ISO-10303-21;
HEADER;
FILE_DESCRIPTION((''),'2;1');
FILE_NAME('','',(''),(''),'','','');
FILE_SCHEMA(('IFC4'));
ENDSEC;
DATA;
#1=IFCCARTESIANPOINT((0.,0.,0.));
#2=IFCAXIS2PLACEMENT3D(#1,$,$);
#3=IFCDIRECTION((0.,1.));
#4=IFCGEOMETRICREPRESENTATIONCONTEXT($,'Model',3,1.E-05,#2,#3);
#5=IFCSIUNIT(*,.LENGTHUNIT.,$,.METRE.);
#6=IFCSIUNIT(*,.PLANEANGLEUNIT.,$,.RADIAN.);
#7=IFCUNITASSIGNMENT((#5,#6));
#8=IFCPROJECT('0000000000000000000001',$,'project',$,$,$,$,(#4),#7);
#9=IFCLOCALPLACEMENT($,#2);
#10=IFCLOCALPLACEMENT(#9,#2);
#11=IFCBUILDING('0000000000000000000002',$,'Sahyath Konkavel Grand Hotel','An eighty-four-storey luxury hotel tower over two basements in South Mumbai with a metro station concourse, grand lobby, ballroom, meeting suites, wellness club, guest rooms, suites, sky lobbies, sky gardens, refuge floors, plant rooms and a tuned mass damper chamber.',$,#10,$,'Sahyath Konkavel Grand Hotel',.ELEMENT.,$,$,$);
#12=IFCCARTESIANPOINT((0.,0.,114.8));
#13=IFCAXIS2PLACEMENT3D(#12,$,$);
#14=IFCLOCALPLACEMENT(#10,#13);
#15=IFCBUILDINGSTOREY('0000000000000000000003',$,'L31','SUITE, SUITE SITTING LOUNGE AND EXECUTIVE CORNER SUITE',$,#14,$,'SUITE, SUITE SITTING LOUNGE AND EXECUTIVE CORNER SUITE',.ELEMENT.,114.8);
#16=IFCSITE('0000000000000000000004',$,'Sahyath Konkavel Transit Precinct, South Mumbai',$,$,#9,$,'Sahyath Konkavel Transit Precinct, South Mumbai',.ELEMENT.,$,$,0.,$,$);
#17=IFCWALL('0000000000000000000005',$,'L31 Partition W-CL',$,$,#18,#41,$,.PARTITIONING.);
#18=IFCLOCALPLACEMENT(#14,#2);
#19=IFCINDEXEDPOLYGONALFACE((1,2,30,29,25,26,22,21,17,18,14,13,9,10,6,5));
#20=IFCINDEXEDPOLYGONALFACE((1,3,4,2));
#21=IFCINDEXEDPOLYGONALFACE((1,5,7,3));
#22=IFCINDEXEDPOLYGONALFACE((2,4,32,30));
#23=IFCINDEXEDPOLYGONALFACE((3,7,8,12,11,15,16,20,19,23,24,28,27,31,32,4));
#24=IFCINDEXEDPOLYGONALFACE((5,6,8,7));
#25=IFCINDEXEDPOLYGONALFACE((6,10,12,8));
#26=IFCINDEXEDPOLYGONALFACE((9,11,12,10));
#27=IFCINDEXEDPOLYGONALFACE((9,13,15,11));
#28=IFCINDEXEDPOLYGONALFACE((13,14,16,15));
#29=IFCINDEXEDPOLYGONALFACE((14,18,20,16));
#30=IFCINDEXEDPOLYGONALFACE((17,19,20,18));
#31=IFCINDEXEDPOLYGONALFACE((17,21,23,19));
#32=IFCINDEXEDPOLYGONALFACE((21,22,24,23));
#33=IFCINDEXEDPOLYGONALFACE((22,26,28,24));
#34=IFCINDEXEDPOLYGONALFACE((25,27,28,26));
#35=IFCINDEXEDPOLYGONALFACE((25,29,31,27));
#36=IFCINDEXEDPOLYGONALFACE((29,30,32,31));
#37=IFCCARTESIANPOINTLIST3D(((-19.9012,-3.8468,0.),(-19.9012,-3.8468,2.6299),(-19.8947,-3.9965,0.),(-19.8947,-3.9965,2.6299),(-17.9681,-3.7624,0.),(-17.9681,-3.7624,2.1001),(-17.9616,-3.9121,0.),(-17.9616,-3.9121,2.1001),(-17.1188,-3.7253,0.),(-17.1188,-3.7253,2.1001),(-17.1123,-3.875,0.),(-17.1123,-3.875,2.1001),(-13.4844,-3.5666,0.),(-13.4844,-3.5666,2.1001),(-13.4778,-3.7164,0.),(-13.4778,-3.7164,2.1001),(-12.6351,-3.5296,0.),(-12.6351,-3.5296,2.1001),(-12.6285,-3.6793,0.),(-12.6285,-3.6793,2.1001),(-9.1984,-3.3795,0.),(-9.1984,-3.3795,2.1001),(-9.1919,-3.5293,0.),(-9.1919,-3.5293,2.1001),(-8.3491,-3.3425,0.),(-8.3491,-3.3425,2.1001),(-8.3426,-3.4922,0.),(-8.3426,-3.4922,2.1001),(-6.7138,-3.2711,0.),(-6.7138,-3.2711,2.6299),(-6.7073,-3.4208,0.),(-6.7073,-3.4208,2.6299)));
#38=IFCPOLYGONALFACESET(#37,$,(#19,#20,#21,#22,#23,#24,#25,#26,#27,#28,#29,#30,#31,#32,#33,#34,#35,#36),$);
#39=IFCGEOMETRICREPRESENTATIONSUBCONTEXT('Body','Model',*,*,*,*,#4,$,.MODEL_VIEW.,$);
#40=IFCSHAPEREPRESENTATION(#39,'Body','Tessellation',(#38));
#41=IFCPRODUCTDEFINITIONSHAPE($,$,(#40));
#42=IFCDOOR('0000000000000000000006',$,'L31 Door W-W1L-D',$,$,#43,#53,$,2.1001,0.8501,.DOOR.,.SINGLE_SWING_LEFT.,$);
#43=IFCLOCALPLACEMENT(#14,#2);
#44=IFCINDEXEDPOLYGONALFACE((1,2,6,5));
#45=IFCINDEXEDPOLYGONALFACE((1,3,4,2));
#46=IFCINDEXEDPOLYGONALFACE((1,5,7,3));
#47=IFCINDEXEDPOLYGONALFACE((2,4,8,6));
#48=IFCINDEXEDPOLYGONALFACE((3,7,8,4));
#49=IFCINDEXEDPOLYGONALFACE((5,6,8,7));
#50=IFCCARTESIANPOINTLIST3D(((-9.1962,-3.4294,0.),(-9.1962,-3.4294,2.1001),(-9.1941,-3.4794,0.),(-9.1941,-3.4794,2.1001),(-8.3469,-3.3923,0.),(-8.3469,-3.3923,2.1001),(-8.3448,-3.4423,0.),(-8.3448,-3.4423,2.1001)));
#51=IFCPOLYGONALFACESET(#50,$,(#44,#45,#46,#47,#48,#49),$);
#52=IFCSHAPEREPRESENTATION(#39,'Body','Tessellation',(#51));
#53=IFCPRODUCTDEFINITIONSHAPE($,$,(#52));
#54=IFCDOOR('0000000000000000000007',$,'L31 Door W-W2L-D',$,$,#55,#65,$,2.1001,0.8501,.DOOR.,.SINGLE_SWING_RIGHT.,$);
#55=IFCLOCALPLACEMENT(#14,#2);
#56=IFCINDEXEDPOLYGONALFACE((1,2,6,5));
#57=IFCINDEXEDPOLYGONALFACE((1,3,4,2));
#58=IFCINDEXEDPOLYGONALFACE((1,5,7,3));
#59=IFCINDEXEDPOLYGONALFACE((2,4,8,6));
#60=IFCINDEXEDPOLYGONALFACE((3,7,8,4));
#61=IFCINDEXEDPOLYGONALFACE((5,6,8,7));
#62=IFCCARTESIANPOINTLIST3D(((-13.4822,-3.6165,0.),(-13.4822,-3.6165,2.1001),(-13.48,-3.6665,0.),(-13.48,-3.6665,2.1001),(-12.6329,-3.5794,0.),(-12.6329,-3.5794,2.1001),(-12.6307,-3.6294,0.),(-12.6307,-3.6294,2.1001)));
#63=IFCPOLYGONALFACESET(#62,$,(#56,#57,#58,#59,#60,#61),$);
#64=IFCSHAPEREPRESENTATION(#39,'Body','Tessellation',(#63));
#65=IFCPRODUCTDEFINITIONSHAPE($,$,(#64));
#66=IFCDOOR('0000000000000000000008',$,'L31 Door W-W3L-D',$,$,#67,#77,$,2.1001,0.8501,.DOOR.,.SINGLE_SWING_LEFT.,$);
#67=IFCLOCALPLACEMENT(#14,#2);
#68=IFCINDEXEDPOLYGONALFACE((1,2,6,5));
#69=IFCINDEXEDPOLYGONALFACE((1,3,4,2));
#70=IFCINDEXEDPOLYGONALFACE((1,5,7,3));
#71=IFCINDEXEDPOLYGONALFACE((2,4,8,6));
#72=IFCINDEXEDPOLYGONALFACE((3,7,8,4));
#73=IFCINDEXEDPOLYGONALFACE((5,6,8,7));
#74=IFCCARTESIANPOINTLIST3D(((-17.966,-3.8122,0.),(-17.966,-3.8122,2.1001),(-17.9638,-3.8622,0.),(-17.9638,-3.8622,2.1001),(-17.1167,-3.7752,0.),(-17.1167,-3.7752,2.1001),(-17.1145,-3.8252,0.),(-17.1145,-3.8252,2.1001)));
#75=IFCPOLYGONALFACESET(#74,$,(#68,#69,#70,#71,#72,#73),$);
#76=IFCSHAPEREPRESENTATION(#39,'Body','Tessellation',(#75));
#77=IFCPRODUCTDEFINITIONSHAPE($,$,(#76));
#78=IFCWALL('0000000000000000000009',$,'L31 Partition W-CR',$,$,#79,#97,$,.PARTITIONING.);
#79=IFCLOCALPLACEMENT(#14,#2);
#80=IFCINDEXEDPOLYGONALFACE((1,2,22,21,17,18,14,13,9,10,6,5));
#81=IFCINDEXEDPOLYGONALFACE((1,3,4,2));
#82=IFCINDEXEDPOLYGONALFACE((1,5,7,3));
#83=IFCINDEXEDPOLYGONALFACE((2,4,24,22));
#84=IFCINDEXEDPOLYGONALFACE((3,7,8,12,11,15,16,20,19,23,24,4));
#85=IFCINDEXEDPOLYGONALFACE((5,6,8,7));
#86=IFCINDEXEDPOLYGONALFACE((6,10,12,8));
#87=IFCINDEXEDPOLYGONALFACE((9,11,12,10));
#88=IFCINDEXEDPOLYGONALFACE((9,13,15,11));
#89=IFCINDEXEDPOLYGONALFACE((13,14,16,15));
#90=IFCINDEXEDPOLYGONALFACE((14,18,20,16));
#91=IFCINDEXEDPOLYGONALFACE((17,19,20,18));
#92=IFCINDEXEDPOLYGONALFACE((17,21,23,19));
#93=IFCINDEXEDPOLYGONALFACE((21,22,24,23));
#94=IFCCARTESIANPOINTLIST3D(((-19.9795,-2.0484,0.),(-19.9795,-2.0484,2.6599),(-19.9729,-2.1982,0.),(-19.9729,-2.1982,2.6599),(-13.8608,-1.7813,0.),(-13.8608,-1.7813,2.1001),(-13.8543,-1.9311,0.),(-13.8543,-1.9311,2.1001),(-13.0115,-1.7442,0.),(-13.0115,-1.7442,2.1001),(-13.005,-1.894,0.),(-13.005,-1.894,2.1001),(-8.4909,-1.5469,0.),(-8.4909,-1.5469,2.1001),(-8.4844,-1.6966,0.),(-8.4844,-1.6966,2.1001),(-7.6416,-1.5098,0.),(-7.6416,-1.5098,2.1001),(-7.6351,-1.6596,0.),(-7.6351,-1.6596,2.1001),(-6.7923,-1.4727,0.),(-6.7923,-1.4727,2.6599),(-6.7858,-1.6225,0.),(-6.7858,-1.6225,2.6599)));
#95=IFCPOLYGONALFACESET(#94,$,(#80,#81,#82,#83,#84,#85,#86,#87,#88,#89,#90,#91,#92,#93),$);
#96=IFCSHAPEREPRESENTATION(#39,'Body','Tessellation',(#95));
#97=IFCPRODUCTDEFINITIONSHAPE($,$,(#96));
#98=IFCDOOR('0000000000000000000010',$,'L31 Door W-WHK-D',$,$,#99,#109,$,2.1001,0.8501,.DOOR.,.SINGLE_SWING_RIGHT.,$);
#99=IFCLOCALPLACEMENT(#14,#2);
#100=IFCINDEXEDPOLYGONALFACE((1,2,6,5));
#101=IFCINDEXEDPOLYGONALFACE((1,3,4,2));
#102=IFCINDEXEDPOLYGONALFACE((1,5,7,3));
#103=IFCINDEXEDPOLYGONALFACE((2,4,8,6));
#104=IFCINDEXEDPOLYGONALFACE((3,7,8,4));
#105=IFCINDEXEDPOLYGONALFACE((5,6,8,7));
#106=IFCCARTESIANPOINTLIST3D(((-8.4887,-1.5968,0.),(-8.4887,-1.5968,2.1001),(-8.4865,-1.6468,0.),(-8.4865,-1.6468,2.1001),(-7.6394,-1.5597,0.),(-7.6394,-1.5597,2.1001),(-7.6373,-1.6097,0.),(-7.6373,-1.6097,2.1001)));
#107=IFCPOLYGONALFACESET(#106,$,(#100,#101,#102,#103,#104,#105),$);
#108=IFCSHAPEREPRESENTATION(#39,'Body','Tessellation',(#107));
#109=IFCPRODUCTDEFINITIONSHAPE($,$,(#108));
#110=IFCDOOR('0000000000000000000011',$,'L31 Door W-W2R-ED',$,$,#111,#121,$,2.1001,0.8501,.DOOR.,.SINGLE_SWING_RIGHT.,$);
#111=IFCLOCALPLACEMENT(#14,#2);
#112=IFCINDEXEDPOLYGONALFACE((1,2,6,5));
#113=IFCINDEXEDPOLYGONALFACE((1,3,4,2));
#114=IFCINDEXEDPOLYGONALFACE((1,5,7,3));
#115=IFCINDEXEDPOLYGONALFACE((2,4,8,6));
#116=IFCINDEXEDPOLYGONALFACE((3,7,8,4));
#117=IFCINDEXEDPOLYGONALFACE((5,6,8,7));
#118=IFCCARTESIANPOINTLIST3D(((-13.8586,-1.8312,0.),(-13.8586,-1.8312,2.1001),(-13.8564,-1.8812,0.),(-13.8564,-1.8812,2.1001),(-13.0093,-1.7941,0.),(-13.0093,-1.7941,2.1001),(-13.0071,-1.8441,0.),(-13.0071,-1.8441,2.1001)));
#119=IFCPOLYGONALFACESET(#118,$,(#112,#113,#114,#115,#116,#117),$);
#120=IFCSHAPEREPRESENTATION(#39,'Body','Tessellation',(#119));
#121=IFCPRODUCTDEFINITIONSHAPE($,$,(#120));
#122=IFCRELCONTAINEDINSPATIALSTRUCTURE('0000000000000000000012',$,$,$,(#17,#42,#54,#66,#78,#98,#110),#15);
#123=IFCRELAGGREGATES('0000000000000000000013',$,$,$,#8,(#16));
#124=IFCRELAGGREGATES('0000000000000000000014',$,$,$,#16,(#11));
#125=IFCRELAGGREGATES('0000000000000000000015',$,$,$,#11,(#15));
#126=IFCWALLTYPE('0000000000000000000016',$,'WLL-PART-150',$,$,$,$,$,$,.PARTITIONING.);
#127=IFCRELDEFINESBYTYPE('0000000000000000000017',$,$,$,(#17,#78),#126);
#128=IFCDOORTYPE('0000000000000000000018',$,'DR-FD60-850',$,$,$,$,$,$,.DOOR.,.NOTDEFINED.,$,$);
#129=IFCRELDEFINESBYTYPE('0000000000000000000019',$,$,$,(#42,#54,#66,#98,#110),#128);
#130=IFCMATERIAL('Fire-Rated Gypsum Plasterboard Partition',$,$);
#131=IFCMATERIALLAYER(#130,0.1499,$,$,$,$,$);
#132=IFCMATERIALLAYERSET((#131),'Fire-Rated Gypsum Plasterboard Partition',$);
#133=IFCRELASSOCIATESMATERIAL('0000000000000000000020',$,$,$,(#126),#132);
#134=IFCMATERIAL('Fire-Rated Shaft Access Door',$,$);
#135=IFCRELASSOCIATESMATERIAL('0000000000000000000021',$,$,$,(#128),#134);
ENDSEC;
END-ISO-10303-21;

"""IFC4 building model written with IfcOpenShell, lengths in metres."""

from ifc_helpers import new_model, si_unit, direction, frame, frame_2d, origin, origin_2d, place, context, subcontext, project, spatial, rectangle, extrude, source, transform, mapped, material, layer, layer_set, type_object, element, fill, save


model = new_model("IFC4")

# Units and contexts
model_context = context("Model", 3, precision=1e-05, world=origin(), true_north=direction((0.0, 1.0)))
body_context = subcontext(model_context, "Body", "Model", "MODEL_VIEW")
ifc_project = project(units=[si_unit("LENGTHUNIT", "METRE"), si_unit("PLANEANGLEUNIT", "RADIAN")], contexts=[model_context])

# Site, building, storey
site_placement = place(None, origin())
site = spatial("IfcSite", under=ifc_project, at=site_placement, Name="Sahyath Konkavel Transit Precinct, South Mumbai", LongName="Sahyath Konkavel Transit Precinct, South Mumbai", CompositionType="ELEMENT", RefElevation=0.0)
building_placement = place(site_placement, origin())
building = spatial("IfcBuilding", under=site, at=building_placement, Name="Sahyath Konkavel Grand Hotel", Description="An eighty-four-storey luxury hotel tower over two basements in South Mumbai with a metro station concourse, grand lobby, ballroom, meeting suites, wellness club, guest rooms, suites, sky lobbies, sky gardens, refuge floors, plant rooms and a tuned mass damper chamber.", LongName="Sahyath Konkavel Grand Hotel", CompositionType="ELEMENT")
storey_placement = place(building_placement, frame((0.0, 0.0, 114.8)))
storey = spatial("IfcBuildingStorey", under=building, at=storey_placement, Name="L31", Description="SUITE, SUITE SITTING LOUNGE AND EXECUTIVE CORNER SUITE", LongName="SUITE, SUITE SITTING LOUNGE AND EXECUTIVE CORNER SUITE", CompositionType="ELEMENT", Elevation=114.8)

# Walls, openings, doors
ifc_material_1 = material(Name="Fire-Rated Gypsum Plasterboard Partition")
ifc_layer_1 = layer(ifc_material_1, 0.1499)
ifc_layer_set_1 = layer_set([ifc_layer_1], Name="Fire-Rated Gypsum Plasterboard Partition")
wall_type_1 = type_object("IfcWallType", Name="WLL-PART-150", PredefinedType="PARTITIONING", material=ifc_layer_set_1)
wall_1_placement = place(storey_placement, frame((-6.7104, -3.3459, 0.0), z_axis=(0.0, 0.0, 1.0), x_axis=(-0.999049, -0.043612, 0.0)))
wall_1 = element("IfcWall", 1, at=wall_1_placement, inside=storey, type_object=wall_type_1, Name="L31 Partition W-CL", PredefinedType="PARTITIONING", context=body_context, shape_type="SweptSolid", body=[
    extrude(rectangle(XDim=13.2, YDim=0.1499, at=frame_2d((6.6001, 0.0))), origin(), (0.0, 0.0, 1.0), 2.6299),
])
opening_1_placement = place(wall_1_placement, frame((1.637, 0.0, 0.0)))
opening_1 = element("IfcOpeningElement", 2, at=opening_1_placement, cuts=wall_1, PredefinedType="OPENING", context=body_context, shape_type="SweptSolid", body=[
    extrude(rectangle(XDim=0.8501, YDim=2.1001, at=frame_2d((0.425, 1.05))), frame((0.0, 0.085, 0.0), z_axis=(0.0, -1.0, 0.0), x_axis=(1.0, 0.0, 0.0)), (0.0, 0.0, 1.0), 0.1699),
])
opening_2_placement = place(wall_1_placement, frame((5.927, 0.0, 0.0)))
opening_2 = element("IfcOpeningElement", 3, at=opening_2_placement, cuts=wall_1, PredefinedType="OPENING", context=body_context, shape_type="SweptSolid", body=[
    extrude(rectangle(XDim=0.8501, YDim=2.1001, at=frame_2d((0.425, 1.05))), frame((0.0, 0.085, 0.0), z_axis=(0.0, -1.0, 0.0), x_axis=(1.0, 0.0, 0.0)), (0.0, 0.0, 1.0), 0.1699),
])
opening_3_placement = place(wall_1_placement, frame((10.415, 0.0, 0.0)))
opening_3 = element("IfcOpeningElement", 4, at=opening_3_placement, cuts=wall_1, PredefinedType="OPENING", context=body_context, shape_type="SweptSolid", body=[
    extrude(rectangle(XDim=0.8501, YDim=2.1001, at=frame_2d((0.425, 1.05))), frame((0.0, 0.085, 0.0), z_axis=(0.0, -1.0, 0.0), x_axis=(1.0, 0.0, 0.0)), (0.0, 0.0, 1.0), 0.1699),
])
ifc_material_2 = material(Name="Fire-Rated Shaft Access Door")
door_type_1 = type_object("IfcDoorType", Name="DR-FD60-850", OperationType="NOTDEFINED", PredefinedType="DOOR", material=ifc_material_2)
shared_shape_1 = source(origin(), body_context, "Body", "SweptSolid", [
    extrude(rectangle(XDim=0.8501, YDim=0.05, at=origin_2d()), origin(), (0.0, 0.0, 1.0), 2.1001),
])
door_1_placement = place(opening_1_placement, frame((0.425, 0.0, 0.0)))
door_1 = element("IfcDoor", 5, at=door_1_placement, inside=storey, type_object=door_type_1, Name="L31 Door W-W1L-D", OperationType="SINGLE_SWING_LEFT", OverallHeight=2.1001, OverallWidth=0.8501, PredefinedType="DOOR", context=body_context, shape_type="MappedRepresentation", body=[
    mapped(shared_shape_1, transform((0.0, 0.0, 0.0), scale=1.0)),
])
fill(opening_1, door_1)
door_2_placement = place(opening_2_placement, frame((0.425, 0.0, 0.0)))
door_2 = element("IfcDoor", 6, at=door_2_placement, inside=storey, type_object=door_type_1, Name="L31 Door W-W2L-D", OperationType="SINGLE_SWING_RIGHT", OverallHeight=2.1001, OverallWidth=0.8501, PredefinedType="DOOR", context=body_context, shape_type="MappedRepresentation", body=[
    mapped(shared_shape_1, transform((0.0, 0.0, 0.0), scale=1.0)),
])
fill(opening_2, door_2)
door_3_placement = place(opening_3_placement, frame((0.425, 0.0, 0.0)))
door_3 = element("IfcDoor", 7, at=door_3_placement, inside=storey, type_object=door_type_1, Name="L31 Door W-W3L-D", OperationType="SINGLE_SWING_LEFT", OverallHeight=2.1001, OverallWidth=0.8501, PredefinedType="DOOR", context=body_context, shape_type="MappedRepresentation", body=[
    mapped(shared_shape_1, transform((0.0, 0.0, 0.0), scale=1.0)),
])
fill(opening_3, door_3)
wall_2_placement = place(storey_placement, frame((-6.7891, -1.5476, 0.0), z_axis=(0.0, 0.0, 1.0), x_axis=(-0.999049, -0.043613, 0.0)))
wall_2 = element("IfcWall", 8, at=wall_2_placement, inside=storey, type_object=wall_type_1, Name="L31 Partition W-CR", PredefinedType="PARTITIONING", context=body_context, shape_type="SweptSolid", body=[
    extrude(rectangle(XDim=13.1997, YDim=0.1499, at=frame_2d((6.5999, 0.0))), origin(), (0.0, 0.0, 1.0), 2.6599),
])
opening_4_placement = place(wall_2_placement, frame((0.8501, 0.0, 0.0)))
opening_4 = element("IfcOpeningElement", 9, at=opening_4_placement, cuts=wall_2, PredefinedType="OPENING", context=body_context, shape_type="SweptSolid", body=[
    extrude(rectangle(XDim=0.8501, YDim=2.1001, at=frame_2d((0.425, 1.05))), frame((0.0, 0.085, 0.0), z_axis=(0.0, -1.0, 0.0), x_axis=(1.0, 0.0, 0.0)), (0.0, 0.0, 1.0), 0.1699),
])
opening_5_placement = place(wall_2_placement, frame((6.2251, 0.0, 0.0)))
opening_5 = element("IfcOpeningElement", 10, at=opening_5_placement, cuts=wall_2, PredefinedType="OPENING", context=body_context, shape_type="SweptSolid", body=[
    extrude(rectangle(XDim=0.8501, YDim=2.1001, at=frame_2d((0.425, 1.05))), frame((0.0, 0.085, 0.0), z_axis=(0.0, -1.0, 0.0), x_axis=(1.0, 0.0, 0.0)), (0.0, 0.0, 1.0), 0.1699),
])
door_4_placement = place(opening_4_placement, frame((0.425, 0.0, 0.0)))
door_4 = element("IfcDoor", 11, at=door_4_placement, inside=storey, type_object=door_type_1, Name="L31 Door W-WHK-D", OperationType="SINGLE_SWING_RIGHT", OverallHeight=2.1001, OverallWidth=0.8501, PredefinedType="DOOR", context=body_context, shape_type="MappedRepresentation", body=[
    mapped(shared_shape_1, transform((0.0, 0.0, 0.0), scale=1.0)),
])
fill(opening_4, door_4)
door_5_placement = place(opening_5_placement, frame((0.425, 0.0, 0.0)))
door_5 = element("IfcDoor", 12, at=door_5_placement, inside=storey, type_object=door_type_1, Name="L31 Door W-W2R-ED", OperationType="SINGLE_SWING_RIGHT", OverallHeight=2.1001, OverallWidth=0.8501, PredefinedType="DOOR", context=body_context, shape_type="MappedRepresentation", body=[
    mapped(shared_shape_1, transform((0.0, 0.0, 0.0), scale=1.0)),
])
fill(opening_5, door_5)

save(model, "model.ifc")
